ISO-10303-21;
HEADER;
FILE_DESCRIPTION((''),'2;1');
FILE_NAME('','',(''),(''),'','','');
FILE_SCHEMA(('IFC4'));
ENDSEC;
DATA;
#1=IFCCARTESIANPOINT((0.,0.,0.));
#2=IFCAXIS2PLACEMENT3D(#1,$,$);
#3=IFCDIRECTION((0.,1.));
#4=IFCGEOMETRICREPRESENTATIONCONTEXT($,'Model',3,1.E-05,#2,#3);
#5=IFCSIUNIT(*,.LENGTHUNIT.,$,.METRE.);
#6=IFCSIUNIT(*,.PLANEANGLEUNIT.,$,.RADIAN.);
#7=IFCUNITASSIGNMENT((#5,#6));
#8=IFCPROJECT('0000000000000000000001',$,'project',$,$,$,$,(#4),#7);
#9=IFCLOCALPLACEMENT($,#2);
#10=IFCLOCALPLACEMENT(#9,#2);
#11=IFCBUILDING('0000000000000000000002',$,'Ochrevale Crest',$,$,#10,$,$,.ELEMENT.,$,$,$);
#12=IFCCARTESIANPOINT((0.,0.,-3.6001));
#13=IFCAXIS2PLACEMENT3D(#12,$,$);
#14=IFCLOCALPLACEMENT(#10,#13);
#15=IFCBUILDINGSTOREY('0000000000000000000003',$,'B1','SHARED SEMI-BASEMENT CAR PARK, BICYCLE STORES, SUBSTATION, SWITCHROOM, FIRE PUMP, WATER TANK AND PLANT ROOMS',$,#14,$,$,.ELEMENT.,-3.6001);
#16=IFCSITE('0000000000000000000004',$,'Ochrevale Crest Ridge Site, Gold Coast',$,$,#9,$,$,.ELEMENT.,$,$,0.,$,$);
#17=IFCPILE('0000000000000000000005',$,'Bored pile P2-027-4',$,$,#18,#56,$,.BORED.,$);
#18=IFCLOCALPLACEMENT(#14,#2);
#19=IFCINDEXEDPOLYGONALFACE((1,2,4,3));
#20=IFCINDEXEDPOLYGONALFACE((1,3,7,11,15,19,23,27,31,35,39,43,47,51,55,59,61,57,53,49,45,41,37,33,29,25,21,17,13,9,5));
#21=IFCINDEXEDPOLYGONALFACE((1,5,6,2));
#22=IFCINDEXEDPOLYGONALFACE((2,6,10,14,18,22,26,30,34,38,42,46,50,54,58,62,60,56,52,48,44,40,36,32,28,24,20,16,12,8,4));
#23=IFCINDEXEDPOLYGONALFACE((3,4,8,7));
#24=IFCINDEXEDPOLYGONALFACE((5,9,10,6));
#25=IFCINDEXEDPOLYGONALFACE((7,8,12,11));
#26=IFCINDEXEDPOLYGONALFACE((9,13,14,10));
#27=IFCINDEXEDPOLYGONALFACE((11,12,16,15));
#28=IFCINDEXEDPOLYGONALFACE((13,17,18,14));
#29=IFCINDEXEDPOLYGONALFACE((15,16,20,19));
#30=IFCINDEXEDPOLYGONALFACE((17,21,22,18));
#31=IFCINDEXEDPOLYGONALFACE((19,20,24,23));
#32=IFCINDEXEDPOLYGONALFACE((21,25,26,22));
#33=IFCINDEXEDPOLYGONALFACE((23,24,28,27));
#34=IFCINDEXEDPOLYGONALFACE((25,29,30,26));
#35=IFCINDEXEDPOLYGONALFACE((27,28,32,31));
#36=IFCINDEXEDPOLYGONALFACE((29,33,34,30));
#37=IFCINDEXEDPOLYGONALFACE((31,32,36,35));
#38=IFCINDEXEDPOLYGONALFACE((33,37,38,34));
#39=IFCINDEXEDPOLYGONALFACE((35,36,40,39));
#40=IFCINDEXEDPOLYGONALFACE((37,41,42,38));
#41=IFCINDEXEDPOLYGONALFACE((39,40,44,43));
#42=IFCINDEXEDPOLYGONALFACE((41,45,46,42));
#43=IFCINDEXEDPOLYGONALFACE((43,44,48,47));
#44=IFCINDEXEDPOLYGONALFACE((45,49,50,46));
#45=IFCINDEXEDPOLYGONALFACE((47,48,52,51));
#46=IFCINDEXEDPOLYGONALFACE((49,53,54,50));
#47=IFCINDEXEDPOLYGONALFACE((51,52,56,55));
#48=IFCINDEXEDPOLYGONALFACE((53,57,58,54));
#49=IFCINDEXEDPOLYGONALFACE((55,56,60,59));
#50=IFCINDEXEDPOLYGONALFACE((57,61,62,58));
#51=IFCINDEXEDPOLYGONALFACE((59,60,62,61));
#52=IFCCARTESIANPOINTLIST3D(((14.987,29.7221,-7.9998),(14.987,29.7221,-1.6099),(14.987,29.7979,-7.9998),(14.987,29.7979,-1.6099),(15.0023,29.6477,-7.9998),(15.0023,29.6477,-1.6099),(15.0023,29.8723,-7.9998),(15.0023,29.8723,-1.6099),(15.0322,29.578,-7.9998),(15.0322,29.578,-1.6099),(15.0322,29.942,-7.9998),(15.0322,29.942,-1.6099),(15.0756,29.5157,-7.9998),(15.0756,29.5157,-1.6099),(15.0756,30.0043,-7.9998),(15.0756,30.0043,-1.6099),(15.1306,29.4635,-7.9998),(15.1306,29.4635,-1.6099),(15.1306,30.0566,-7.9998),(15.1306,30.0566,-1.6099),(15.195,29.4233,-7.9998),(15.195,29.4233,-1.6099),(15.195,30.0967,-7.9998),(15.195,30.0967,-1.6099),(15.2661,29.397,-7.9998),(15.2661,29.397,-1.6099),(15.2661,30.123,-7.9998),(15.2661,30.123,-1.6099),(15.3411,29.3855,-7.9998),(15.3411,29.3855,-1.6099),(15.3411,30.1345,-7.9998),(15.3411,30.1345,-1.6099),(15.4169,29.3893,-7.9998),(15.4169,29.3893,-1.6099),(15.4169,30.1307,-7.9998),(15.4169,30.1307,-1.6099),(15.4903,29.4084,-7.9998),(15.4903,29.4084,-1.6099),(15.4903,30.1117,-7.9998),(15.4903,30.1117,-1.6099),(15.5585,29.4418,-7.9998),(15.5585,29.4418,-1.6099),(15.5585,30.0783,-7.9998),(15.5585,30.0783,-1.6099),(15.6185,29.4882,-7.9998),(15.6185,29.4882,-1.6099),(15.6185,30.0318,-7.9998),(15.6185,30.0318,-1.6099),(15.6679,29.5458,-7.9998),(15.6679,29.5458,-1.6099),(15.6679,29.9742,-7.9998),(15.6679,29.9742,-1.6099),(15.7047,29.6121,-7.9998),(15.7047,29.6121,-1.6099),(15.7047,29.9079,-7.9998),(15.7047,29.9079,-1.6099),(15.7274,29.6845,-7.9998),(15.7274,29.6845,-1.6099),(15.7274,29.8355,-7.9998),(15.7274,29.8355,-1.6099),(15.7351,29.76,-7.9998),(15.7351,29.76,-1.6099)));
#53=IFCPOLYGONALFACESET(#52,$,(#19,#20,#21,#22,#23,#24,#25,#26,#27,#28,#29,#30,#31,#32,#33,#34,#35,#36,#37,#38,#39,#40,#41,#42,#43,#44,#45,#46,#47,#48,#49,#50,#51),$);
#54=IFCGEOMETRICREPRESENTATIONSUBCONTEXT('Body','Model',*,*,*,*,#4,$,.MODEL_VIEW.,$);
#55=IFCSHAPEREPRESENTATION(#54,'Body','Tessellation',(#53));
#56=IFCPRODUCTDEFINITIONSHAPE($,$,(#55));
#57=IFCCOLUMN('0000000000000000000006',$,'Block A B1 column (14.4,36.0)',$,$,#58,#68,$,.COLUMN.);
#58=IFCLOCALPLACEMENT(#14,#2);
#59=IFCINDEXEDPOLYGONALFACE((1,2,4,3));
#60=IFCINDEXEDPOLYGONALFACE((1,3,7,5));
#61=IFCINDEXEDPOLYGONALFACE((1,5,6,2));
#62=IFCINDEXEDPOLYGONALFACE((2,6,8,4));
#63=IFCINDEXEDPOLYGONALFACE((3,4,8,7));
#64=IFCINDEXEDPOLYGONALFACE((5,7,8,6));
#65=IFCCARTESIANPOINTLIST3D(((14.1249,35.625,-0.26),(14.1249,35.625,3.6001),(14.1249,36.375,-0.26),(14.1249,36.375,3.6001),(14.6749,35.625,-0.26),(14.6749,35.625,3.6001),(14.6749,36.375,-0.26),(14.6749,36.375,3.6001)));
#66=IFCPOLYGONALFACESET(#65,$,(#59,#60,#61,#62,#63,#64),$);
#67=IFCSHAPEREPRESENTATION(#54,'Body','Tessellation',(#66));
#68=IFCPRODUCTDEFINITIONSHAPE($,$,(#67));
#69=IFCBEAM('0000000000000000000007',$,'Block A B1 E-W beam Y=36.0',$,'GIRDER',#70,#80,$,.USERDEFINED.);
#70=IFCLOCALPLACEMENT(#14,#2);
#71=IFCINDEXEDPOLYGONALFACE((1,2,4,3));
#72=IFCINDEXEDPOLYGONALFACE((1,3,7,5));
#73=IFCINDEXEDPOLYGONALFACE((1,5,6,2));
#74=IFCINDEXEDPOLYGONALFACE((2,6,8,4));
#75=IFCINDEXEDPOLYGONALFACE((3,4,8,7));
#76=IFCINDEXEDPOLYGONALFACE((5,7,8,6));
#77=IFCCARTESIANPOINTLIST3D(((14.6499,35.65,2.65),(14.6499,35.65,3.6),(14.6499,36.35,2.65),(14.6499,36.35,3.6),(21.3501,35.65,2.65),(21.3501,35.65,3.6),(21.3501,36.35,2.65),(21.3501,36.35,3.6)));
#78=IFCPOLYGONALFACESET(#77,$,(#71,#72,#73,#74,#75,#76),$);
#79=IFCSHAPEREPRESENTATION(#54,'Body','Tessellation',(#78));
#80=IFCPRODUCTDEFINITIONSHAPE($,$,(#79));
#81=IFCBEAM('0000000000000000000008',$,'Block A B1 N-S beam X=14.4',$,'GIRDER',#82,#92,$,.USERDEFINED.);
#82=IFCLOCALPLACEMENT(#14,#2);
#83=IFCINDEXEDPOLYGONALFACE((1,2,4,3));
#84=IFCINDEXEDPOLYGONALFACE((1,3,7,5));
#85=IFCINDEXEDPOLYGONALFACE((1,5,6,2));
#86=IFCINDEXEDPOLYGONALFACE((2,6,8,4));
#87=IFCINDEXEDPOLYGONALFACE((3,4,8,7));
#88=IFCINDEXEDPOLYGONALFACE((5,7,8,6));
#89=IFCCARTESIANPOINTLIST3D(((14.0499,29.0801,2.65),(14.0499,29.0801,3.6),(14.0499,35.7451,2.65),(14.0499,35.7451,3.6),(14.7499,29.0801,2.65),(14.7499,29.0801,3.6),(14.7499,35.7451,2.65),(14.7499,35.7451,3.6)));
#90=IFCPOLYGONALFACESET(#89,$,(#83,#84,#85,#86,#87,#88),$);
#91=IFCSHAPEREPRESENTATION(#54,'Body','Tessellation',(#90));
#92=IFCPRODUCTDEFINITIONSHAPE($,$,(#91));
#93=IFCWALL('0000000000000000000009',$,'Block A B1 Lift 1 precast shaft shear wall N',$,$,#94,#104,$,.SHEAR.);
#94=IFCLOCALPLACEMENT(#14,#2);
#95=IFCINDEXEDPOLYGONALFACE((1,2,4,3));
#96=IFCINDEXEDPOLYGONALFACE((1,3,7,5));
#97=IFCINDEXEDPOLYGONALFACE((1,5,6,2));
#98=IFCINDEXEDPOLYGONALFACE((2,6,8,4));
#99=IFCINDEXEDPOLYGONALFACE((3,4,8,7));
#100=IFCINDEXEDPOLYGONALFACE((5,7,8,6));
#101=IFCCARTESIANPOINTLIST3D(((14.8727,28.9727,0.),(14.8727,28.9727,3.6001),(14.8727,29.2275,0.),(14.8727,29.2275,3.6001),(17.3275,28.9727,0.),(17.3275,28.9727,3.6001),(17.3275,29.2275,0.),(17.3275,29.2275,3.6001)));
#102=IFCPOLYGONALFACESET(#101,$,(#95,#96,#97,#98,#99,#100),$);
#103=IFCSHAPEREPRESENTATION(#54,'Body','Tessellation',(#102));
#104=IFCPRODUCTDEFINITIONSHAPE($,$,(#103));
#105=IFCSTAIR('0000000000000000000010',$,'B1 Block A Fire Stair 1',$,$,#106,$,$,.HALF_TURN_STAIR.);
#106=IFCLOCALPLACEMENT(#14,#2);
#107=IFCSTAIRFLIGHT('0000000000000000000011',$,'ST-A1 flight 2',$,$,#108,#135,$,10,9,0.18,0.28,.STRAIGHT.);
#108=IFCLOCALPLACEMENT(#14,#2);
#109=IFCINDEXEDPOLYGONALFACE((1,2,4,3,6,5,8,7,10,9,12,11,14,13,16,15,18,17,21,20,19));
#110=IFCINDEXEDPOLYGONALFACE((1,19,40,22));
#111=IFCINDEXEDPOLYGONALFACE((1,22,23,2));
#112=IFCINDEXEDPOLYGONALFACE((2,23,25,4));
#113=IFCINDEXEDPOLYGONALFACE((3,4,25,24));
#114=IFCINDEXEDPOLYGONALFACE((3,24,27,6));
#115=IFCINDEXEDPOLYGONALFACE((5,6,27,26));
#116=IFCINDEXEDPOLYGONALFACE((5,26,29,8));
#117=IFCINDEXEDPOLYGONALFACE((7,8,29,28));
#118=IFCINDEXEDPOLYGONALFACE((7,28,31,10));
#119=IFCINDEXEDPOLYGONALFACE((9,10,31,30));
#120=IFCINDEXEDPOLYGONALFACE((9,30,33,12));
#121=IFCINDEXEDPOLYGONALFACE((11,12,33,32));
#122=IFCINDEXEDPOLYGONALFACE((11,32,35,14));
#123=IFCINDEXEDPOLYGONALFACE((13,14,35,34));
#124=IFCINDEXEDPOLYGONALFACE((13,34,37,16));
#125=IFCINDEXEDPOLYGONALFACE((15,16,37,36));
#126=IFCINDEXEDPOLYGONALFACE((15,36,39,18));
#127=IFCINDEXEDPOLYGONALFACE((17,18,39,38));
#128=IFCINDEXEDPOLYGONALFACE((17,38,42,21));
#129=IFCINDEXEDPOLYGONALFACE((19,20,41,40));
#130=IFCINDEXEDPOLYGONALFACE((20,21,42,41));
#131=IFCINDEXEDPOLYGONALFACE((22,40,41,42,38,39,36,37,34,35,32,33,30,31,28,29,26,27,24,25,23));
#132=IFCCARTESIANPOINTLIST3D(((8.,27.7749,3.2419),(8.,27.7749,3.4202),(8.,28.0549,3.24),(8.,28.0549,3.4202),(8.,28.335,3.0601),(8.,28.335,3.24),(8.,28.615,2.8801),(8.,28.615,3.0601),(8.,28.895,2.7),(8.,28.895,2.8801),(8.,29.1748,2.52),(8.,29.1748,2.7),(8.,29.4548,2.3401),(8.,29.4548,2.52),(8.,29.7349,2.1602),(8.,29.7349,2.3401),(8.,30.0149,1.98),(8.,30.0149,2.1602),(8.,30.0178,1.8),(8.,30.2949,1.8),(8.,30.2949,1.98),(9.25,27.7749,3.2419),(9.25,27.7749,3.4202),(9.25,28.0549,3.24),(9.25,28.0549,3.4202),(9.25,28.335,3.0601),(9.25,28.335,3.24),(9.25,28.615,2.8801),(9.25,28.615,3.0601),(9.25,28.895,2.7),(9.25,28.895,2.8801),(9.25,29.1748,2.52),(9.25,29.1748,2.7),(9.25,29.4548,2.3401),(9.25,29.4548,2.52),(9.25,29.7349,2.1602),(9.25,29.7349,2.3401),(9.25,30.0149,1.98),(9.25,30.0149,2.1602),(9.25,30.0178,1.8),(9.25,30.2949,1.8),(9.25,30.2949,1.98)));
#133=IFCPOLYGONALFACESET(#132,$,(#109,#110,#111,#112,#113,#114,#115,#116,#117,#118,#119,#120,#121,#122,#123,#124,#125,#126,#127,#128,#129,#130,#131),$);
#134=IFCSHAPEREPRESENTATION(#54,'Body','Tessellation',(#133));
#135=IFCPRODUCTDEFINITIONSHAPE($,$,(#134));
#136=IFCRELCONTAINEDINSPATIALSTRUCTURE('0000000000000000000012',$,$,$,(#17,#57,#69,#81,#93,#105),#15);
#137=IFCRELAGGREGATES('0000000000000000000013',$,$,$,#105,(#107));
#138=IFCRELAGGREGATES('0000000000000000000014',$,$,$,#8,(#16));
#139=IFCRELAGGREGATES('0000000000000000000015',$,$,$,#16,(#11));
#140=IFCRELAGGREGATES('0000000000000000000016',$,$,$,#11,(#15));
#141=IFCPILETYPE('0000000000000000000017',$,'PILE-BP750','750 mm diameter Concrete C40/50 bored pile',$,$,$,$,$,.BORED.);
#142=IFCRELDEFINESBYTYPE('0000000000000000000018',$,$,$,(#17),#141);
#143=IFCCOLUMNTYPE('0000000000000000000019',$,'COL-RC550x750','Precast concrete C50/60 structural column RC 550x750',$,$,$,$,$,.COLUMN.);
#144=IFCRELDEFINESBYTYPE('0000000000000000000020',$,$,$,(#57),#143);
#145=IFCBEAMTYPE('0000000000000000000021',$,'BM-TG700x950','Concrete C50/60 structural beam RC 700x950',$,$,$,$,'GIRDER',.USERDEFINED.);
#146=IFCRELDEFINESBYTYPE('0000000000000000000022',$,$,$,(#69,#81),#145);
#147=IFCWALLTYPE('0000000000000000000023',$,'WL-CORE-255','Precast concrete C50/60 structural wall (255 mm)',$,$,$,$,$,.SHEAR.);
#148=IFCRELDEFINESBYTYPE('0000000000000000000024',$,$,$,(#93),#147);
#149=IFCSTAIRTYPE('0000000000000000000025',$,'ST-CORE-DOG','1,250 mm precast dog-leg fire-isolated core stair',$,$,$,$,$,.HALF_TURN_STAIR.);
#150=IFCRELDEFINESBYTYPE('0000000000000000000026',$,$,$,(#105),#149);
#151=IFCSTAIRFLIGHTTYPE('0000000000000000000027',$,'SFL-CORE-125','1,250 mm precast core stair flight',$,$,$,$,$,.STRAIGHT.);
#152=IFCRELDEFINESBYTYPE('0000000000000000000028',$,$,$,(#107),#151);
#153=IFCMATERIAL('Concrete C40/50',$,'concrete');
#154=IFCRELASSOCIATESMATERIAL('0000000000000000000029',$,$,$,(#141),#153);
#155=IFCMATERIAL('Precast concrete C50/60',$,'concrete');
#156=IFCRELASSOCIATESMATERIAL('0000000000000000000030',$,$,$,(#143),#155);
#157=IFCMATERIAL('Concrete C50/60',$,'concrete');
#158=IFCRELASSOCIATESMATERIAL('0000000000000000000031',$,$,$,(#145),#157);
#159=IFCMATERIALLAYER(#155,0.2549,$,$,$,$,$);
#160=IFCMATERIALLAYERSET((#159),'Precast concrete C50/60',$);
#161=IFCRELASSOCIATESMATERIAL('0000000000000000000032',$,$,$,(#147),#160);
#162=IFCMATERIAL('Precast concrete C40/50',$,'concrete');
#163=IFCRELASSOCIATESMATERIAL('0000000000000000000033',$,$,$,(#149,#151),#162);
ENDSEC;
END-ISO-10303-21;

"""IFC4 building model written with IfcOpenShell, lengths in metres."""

from ifc_helpers import new_model, si_unit, direction, frame, frame_2d, origin, origin_2d, place, context, subcontext, project, spatial, polyline, rectangle, circle, outline, extrude, material, layer, layer_set, material_profile, profile_set, type_object, element, aggregate, save


model = new_model("IFC4")

# Units and contexts
model_context = context("Model", 3, precision=1e-05, world=origin(), true_north=direction((0.0, 1.0)))
body_context = subcontext(model_context, "Body", "Model", "MODEL_VIEW")
ifc_project = project(units=[si_unit("LENGTHUNIT", "METRE"), si_unit("PLANEANGLEUNIT", "RADIAN")], contexts=[model_context])

# Site, building, storey
site_placement = place(None, origin())
site = spatial("IfcSite", under=ifc_project, at=site_placement, Name="Ochrevale Crest Ridge Site, Gold Coast", CompositionType="ELEMENT", RefElevation=0.0)
building_placement = place(site_placement, origin())
building = spatial("IfcBuilding", under=site, at=building_placement, Name="Ochrevale Crest", CompositionType="ELEMENT")
storey_placement = place(building_placement, frame((0.0, 0.0, -3.6001)))
storey = spatial("IfcBuildingStorey", under=building, at=storey_placement, Name="B1", Description="SHARED SEMI-BASEMENT CAR PARK, BICYCLE STORES, SUBSTATION, SWITCHROOM, FIRE PUMP, WATER TANK AND PLANT ROOMS", CompositionType="ELEMENT", Elevation=-3.6001)

# Shared definitions
ifc_material_1 = material(Name="Concrete C40/50", Category="concrete")

# Pile
ifc_material_profile_1 = material_profile(ifc_material_1, circle(Radius=0.375, at=origin_2d()), Name="BORED PILE 750")
ifc_profile_set_1 = profile_set([ifc_material_profile_1], Name="Concrete C40/50")
pile_type_1 = type_object("IfcPileType", Name="PILE-BP750", Description="750 mm diameter Concrete C40/50 bored pile", PredefinedType="BORED", material=ifc_profile_set_1)
for number, where, z_axis, x_axis, name in (
    (1, (15.3601, 29.76, -1.6099), (0.0, 0.0, -1.0), (1.0, 0.0, 0.0), "Bored pile P2-027-4"),
):
    element("IfcPile", number, at=place(storey_placement, frame(where, z_axis=z_axis, x_axis=x_axis)), inside=storey, type_object=pile_type_1, Name=name, PredefinedType="BORED", context=body_context, shape_type="SweptSolid", body=[
        extrude(circle(Radius=0.375, at=origin_2d()), origin(), (0.0, 0.0, 1.0), 6.3899),
    ])

# Column
ifc_material_2 = material(Name="Precast concrete C50/60", Category="concrete")
ifc_material_profile_2 = material_profile(ifc_material_2, rectangle(XDim=0.55, YDim=0.75, at=origin_2d()), Name="RC 550x750")
ifc_profile_set_2 = profile_set([ifc_material_profile_2], Name="Precast concrete C50/60")
column_type = type_object("IfcColumnType", Name="COL-RC550x750", Description="Precast concrete C50/60 structural column RC 550x750", PredefinedType="COLUMN", material=ifc_profile_set_2)
column_placement = place(storey_placement, frame((14.3999, 36.0, -0.26), z_axis=(0.0, 0.0, 1.0), x_axis=(1.0, 0.0, 0.0)))
element("IfcColumn", 2, at=column_placement, inside=storey, type_object=column_type, Name="Block A B1 column (14.4,36.0)", PredefinedType="COLUMN", context=body_context, shape_type="SweptSolid", body=[
    extrude(rectangle(XDim=0.55, YDim=0.75, at=origin_2d()), origin(), (0.0, 0.0, 1.0), 3.8601),
])

# Beams
ifc_material_3 = material(Name="Concrete C50/60", Category="concrete")
ifc_material_profile_3 = material_profile(ifc_material_3, rectangle(XDim=0.7, YDim=0.95, at=origin_2d()), Name="RC 700x950")
ifc_profile_set_3 = profile_set([ifc_material_profile_3], Name="Concrete C50/60")
beam_type = type_object("IfcBeamType", Name="BM-TG700x950", Description="Concrete C50/60 structural beam RC 700x950", ElementType="GIRDER", PredefinedType="USERDEFINED", material=ifc_profile_set_3)
beam_1_placement = place(storey_placement, frame((14.6499, 36.0, 3.125), z_axis=(1.0, 0.0, 0.0), x_axis=(0.0, 1.0, 0.0)))
element("IfcBeam", 3, at=beam_1_placement, inside=storey, type_object=beam_type, Name="Block A B1 E-W beam Y=36.0", ObjectType="GIRDER", PredefinedType="USERDEFINED", context=body_context, shape_type="SweptSolid", body=[
    extrude(rectangle(XDim=0.7, YDim=0.95, at=origin_2d()), origin(), (0.0, 0.0, 1.0), 6.7002),
])
beam_2_placement = place(storey_placement, frame((14.3999, 29.0801, 3.125), z_axis=(0.0, 1.0, 0.0), x_axis=(-1.0, 0.0, 0.0)))
element("IfcBeam", 4, at=beam_2_placement, inside=storey, type_object=beam_type, Name="Block A B1 N-S beam X=14.4", ObjectType="GIRDER", PredefinedType="USERDEFINED", context=body_context, shape_type="SweptSolid", body=[
    extrude(rectangle(XDim=0.7, YDim=0.95, at=origin_2d()), origin(), (0.0, 0.0, 1.0), 6.665),
])

# Wall
ifc_layer = layer(ifc_material_2, 0.2549)
ifc_layer_set = layer_set([ifc_layer], Name="Precast concrete C50/60")
wall_type = type_object("IfcWallType", Name="WL-CORE-255", Description="Precast concrete C50/60 structural wall (255 mm)", PredefinedType="SHEAR", material=ifc_layer_set)
wall_placement = place(storey_placement, frame((14.8726, 29.1001, 0.0), z_axis=(0.0, 0.0, 1.0), x_axis=(1.0, 0.0, 0.0)))
element("IfcWall", 5, at=wall_placement, inside=storey, type_object=wall_type, Name="Block A B1 Lift 1 precast shaft shear wall N", PredefinedType="SHEAR", context=body_context, shape_type="SweptSolid", body=[
    extrude(rectangle(XDim=2.4548, YDim=0.2549, at=frame_2d((1.2275, 0.0))), origin(), (0.0, 0.0, 1.0), 3.6001),
])

# Stair, stair flight
ifc_material_4 = material(Name="Precast concrete C40/50", Category="concrete")
stair_type = type_object("IfcStairType", Name="ST-CORE-DOG", Description="1,250 mm precast dog-leg fire-isolated core stair", PredefinedType="HALF_TURN_STAIR", material=ifc_material_4)
stair_placement = place(storey_placement, origin())
stair = element("IfcStair", 6, at=stair_placement, inside=storey, type_object=stair_type, Name="B1 Block A Fire Stair 1", PredefinedType="HALF_TURN_STAIR")
stair_flight_type = type_object("IfcStairFlightType", Name="SFL-CORE-125", Description="1,250 mm precast core stair flight", PredefinedType="STRAIGHT", material=ifc_material_4)
stair_flight_placement = place(storey_placement, frame((8.625, 30.2949, 1.8), z_axis=(0.0, 0.0, 1.0), x_axis=(0.0, -1.0, 0.0)))
stair_flight = element("IfcStairFlight", 7, at=stair_flight_placement, type_object=stair_flight_type, Name="ST-A1 flight 2", NumberOfRisers=10, NumberOfTreads=9, PredefinedType="STRAIGHT", RiserHeight=0.18, TreadLength=0.28, context=body_context, shape_type="SweptSolid", body=[
    extrude(outline(polyline([(0.0, 0.0), (0.0, 0.1799), (0.28, 0.1799), (0.28, 0.3601), (0.5601, 0.3601), (0.5601, 0.54), (0.8401, 0.54), (0.8401, 0.72), (1.1201, 0.72), (1.1201, 0.8999), (1.3999, 0.8999), (1.3999, 1.0801), (1.6799, 1.0801), (1.6799, 1.26), (1.96, 1.26), (1.96, 1.4399), (2.24, 1.4399), (2.24, 1.6201), (2.52, 1.6201), (2.52, 1.8), (2.52, 1.4419), (0.2771, 0.0), (0.0, 0.0)])), frame((0.0, 0.625, 0.0), z_axis=(0.0, -1.0, 0.0), x_axis=(1.0, 0.0, 0.0)), (0.0, 0.0, 1.0), 1.25),
])
aggregate(stair, [stair_flight])

save(model, "model.ifc")
